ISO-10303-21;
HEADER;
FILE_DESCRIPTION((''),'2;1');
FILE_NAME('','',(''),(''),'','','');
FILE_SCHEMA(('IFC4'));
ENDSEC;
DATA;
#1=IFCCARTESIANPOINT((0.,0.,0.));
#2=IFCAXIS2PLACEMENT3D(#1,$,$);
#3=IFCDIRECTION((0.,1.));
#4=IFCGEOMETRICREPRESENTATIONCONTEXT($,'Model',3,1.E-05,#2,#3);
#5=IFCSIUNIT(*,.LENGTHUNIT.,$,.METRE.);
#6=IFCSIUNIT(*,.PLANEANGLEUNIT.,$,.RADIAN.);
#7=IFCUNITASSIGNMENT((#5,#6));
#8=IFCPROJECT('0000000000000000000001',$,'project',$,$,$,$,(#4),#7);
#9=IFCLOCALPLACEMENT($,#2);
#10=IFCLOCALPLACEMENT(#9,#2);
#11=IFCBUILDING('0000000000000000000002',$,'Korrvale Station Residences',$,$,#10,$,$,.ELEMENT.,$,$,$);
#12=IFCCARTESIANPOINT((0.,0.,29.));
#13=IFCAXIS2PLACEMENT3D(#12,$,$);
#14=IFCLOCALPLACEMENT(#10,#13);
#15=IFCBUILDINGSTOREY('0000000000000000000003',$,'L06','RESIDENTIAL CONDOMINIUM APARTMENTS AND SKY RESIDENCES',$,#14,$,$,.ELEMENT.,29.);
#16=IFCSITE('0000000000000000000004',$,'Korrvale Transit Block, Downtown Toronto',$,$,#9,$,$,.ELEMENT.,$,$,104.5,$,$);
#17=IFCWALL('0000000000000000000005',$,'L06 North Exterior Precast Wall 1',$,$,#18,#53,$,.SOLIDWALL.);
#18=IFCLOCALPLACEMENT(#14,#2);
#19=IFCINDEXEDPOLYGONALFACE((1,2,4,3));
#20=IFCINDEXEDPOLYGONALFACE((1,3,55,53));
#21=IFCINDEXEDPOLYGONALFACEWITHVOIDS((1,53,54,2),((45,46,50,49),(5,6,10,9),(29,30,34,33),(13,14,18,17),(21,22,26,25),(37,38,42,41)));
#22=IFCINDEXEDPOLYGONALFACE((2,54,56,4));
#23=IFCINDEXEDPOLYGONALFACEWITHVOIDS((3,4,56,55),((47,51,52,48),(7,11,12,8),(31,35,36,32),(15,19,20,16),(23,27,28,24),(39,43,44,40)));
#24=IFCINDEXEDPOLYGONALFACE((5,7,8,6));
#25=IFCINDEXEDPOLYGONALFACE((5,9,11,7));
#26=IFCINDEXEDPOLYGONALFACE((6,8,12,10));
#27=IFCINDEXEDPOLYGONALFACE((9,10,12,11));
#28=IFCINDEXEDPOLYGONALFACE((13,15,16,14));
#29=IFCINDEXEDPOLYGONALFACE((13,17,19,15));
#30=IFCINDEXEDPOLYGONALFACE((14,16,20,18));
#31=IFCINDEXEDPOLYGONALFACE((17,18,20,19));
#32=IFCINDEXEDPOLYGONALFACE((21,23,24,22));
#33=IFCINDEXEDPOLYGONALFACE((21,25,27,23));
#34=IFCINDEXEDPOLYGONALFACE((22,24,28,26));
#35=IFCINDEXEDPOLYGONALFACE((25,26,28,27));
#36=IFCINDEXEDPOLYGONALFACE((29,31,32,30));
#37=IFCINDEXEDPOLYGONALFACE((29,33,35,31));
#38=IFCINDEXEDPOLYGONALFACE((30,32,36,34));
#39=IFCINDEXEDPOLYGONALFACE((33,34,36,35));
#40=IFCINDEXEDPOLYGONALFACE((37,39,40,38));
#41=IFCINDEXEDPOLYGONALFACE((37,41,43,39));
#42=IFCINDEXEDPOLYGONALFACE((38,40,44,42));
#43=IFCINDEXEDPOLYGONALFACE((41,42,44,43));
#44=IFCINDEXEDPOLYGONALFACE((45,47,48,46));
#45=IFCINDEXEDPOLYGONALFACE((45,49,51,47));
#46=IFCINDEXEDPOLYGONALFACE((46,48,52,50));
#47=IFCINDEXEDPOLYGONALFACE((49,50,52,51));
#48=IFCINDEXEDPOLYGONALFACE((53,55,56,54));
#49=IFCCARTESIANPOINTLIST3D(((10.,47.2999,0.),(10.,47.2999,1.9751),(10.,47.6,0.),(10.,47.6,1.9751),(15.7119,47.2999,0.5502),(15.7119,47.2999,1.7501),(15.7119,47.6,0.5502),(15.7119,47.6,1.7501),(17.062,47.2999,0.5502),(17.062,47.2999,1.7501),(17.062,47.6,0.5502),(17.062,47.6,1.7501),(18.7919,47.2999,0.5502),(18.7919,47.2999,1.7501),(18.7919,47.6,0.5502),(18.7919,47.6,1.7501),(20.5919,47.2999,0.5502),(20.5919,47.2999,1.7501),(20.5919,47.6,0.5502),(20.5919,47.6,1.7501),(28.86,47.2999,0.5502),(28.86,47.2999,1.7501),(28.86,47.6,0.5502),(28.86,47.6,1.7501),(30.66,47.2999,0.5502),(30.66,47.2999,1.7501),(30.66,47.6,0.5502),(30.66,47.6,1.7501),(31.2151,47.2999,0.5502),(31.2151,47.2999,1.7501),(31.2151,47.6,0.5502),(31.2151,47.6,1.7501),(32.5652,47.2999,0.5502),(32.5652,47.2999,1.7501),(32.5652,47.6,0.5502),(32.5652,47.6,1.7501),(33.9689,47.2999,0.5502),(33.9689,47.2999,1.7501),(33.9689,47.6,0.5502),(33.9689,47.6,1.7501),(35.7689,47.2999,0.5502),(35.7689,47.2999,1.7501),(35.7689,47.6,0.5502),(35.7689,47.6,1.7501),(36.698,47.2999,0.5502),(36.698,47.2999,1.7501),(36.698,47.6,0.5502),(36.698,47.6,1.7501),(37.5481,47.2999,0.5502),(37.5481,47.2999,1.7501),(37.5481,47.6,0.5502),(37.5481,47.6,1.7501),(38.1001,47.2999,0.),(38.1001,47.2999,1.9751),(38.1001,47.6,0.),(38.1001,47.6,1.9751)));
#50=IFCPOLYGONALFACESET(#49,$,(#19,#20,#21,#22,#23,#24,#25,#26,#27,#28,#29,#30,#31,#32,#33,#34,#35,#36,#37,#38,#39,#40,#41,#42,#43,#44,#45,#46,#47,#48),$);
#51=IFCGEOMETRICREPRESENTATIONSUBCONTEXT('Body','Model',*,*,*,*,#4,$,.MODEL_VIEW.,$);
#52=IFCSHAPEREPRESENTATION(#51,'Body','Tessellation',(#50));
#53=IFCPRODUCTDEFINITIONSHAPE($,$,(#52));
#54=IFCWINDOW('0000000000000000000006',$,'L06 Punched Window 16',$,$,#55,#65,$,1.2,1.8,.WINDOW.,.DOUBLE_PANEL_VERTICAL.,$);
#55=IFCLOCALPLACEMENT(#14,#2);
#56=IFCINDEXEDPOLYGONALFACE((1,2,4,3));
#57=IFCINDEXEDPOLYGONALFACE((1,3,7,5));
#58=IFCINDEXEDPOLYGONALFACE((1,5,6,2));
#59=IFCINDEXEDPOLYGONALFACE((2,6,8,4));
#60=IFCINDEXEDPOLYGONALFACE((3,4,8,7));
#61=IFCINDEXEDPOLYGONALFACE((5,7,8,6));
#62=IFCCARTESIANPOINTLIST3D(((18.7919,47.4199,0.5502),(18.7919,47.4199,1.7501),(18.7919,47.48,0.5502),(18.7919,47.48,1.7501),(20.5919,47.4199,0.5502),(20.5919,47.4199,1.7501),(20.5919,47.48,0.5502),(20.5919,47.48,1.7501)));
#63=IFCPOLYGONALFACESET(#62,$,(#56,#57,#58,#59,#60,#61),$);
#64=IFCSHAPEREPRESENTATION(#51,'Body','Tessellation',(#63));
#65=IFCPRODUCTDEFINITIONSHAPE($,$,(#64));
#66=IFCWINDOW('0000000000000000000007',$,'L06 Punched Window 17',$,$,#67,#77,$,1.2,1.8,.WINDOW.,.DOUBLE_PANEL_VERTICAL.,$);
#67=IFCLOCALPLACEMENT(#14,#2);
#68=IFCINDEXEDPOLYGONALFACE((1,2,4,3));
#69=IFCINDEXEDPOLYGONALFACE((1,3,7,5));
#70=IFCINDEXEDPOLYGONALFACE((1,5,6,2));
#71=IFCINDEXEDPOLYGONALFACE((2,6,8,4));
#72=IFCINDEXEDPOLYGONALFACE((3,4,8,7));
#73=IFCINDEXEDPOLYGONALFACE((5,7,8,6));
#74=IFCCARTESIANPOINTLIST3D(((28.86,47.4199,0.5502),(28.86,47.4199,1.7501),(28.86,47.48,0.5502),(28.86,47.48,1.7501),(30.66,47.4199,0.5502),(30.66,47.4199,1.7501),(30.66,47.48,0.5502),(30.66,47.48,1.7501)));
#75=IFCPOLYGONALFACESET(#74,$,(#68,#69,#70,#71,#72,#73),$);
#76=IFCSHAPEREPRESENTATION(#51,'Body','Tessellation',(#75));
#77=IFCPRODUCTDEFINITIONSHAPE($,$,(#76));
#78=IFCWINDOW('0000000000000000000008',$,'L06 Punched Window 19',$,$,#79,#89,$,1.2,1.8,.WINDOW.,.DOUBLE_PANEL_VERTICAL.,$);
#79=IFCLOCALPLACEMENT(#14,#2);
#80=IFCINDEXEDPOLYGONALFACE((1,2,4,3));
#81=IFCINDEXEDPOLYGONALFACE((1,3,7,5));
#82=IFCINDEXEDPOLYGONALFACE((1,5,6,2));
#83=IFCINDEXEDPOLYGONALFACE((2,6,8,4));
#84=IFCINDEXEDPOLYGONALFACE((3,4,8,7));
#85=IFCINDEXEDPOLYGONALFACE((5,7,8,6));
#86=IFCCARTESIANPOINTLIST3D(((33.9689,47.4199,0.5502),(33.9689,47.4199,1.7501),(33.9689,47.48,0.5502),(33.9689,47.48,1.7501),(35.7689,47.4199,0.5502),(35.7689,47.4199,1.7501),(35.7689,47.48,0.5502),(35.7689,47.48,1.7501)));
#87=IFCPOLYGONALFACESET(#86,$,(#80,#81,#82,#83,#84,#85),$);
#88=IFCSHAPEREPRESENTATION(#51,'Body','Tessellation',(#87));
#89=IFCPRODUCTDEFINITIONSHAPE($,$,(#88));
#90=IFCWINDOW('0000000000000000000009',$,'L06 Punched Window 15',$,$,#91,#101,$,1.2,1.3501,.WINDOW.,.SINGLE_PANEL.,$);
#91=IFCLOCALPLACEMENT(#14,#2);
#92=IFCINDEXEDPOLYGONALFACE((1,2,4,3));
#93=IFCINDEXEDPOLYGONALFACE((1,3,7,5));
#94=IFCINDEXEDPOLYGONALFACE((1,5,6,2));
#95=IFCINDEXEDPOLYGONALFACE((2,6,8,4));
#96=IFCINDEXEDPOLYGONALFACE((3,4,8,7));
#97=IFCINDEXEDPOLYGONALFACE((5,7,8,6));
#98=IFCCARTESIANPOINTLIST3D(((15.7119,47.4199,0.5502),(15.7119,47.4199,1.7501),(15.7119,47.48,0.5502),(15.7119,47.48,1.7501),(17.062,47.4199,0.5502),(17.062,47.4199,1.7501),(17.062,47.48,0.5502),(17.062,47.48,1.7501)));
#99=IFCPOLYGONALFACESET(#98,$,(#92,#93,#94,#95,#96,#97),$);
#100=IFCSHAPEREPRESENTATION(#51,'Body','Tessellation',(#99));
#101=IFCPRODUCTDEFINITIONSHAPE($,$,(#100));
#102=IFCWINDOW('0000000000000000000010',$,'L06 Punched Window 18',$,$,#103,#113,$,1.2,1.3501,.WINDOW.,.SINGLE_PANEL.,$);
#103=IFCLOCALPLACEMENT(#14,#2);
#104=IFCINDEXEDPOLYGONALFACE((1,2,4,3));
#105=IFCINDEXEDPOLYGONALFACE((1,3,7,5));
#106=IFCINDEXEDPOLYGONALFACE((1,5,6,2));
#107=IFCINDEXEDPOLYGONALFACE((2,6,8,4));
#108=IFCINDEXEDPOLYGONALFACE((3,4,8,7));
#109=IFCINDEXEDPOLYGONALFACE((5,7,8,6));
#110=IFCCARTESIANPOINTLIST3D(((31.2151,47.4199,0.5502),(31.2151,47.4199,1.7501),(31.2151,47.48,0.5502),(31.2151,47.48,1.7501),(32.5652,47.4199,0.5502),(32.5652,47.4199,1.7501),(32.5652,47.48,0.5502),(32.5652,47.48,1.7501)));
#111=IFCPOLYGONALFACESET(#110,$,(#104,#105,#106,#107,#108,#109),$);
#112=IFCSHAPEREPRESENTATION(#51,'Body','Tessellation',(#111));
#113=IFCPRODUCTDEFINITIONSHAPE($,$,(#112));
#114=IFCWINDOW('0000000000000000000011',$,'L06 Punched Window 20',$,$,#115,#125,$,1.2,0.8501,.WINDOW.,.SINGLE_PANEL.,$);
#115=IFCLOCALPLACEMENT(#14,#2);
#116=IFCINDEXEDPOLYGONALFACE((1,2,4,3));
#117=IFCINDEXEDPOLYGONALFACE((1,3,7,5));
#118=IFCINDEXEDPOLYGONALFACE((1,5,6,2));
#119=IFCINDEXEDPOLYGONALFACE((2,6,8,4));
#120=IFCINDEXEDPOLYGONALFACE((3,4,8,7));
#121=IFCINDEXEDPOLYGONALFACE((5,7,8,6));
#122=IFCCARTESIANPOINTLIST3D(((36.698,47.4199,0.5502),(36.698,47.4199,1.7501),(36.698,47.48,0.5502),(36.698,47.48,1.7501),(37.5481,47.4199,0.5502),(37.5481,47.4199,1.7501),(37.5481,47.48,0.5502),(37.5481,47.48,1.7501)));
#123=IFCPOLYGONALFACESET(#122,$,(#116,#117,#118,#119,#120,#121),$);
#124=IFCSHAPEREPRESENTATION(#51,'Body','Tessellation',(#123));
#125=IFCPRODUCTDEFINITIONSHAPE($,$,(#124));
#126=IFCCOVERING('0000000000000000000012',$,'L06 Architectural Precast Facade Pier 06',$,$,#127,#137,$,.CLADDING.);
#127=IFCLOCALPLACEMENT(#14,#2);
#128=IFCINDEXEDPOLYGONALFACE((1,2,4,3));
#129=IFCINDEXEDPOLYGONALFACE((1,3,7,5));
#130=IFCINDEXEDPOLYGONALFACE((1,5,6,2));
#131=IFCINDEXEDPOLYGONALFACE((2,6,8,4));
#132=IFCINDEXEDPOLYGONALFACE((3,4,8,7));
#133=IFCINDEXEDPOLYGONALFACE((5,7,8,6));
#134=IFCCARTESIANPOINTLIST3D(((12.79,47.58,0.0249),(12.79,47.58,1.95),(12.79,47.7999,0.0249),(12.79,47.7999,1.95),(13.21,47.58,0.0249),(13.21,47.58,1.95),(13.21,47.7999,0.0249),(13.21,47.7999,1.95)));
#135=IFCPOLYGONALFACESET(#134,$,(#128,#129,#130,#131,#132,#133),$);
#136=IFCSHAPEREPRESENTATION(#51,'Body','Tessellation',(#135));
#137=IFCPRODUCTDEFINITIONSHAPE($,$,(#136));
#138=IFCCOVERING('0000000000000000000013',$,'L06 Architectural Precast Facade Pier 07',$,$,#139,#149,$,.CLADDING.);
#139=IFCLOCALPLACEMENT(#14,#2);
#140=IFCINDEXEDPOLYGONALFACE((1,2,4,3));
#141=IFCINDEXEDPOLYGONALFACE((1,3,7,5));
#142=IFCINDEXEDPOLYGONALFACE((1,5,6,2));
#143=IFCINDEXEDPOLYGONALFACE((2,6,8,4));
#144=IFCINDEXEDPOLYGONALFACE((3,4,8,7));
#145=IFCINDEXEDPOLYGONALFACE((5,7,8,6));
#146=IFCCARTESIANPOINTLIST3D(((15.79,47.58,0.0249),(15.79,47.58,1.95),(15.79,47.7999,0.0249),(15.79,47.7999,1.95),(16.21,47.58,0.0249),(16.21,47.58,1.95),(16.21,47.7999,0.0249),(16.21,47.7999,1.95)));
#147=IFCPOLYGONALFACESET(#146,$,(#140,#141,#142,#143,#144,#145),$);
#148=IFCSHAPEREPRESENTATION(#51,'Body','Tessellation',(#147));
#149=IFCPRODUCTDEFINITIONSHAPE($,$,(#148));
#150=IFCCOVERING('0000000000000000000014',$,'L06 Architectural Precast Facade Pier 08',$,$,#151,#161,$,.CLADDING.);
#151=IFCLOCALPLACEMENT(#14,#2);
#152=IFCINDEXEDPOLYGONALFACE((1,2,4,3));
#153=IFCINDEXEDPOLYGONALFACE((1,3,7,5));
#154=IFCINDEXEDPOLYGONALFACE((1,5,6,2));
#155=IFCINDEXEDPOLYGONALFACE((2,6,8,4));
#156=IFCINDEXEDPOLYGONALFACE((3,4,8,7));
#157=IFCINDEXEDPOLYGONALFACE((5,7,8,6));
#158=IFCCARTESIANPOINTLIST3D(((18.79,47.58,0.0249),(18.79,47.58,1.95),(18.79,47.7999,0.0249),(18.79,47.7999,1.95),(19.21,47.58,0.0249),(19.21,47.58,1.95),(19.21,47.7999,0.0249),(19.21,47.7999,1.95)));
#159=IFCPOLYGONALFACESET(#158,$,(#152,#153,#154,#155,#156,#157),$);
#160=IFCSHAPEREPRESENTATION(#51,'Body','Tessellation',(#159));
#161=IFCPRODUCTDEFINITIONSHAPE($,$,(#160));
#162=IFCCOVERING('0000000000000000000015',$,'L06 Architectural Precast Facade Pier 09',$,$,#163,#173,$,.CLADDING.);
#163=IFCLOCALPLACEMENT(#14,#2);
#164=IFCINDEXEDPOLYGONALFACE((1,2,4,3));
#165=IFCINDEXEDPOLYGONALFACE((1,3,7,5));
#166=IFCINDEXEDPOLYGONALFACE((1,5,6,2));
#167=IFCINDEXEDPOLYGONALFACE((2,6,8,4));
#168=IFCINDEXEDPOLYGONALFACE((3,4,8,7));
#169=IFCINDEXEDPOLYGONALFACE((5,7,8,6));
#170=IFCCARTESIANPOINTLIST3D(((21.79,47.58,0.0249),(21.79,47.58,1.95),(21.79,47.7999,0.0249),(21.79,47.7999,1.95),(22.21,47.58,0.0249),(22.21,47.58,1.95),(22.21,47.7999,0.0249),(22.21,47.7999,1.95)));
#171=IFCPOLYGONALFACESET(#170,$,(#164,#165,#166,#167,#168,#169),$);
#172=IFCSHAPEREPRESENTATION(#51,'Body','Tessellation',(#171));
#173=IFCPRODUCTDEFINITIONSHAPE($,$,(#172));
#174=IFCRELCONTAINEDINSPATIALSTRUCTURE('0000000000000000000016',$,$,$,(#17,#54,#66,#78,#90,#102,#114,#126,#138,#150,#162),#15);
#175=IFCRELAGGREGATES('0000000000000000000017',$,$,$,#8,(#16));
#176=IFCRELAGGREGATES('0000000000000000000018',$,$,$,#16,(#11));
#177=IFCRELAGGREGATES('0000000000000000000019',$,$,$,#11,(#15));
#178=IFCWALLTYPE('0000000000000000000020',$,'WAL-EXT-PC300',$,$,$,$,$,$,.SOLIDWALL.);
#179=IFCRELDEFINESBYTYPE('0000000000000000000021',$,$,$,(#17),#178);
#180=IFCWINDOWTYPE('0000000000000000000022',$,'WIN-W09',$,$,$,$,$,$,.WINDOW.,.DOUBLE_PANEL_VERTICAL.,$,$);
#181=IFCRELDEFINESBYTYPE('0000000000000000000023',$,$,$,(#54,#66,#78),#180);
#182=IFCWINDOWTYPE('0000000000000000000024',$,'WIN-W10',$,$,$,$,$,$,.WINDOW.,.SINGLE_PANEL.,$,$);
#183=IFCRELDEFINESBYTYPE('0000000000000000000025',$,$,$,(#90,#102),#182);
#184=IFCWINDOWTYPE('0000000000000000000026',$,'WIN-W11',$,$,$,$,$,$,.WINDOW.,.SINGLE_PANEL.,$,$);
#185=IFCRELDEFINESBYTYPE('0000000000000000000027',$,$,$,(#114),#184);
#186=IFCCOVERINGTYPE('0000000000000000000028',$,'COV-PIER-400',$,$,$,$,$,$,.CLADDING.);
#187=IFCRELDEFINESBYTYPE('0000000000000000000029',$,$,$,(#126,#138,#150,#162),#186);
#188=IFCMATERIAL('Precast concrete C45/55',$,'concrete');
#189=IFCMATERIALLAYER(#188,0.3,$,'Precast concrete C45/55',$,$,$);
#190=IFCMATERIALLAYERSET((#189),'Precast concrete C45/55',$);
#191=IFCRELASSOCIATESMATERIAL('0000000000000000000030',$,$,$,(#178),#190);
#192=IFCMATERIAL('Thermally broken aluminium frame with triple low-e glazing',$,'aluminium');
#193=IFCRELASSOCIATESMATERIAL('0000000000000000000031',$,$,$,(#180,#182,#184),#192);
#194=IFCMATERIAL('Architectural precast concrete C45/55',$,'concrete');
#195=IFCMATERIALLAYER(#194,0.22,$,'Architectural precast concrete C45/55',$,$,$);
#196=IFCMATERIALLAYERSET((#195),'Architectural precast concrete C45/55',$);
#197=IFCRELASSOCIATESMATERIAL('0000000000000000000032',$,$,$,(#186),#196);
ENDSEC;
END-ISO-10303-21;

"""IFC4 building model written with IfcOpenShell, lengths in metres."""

from ifc_helpers import new_model, si_unit, direction, frame, frame_2d, origin, origin_2d, place, context, subcontext, project, spatial, rectangle, extrude, material, layer, layer_set, type_object, element, fill, save


model = new_model("IFC4")

# Units and contexts
model_context = context("Model", 3, precision=1e-05, world=origin(), true_north=direction((0.0, 1.0)))
body_context = subcontext(model_context, "Body", "Model", "MODEL_VIEW")
ifc_project = project(units=[si_unit("LENGTHUNIT", "METRE"), si_unit("PLANEANGLEUNIT", "RADIAN")], contexts=[model_context])

# Site, building, storey
site_placement = place(None, origin())
site = spatial("IfcSite", under=ifc_project, at=site_placement, Name="Korrvale Transit Block, Downtown Toronto", CompositionType="ELEMENT", RefElevation=104.5)
building_placement = place(site_placement, origin())
building = spatial("IfcBuilding", under=site, at=building_placement, Name="Korrvale Station Residences", CompositionType="ELEMENT")
storey_placement = place(building_placement, frame((0.0, 0.0, 29.0)))
storey = spatial("IfcBuildingStorey", under=building, at=storey_placement, Name="L06", Description="RESIDENTIAL CONDOMINIUM APARTMENTS AND SKY RESIDENCES", CompositionType="ELEMENT", Elevation=29.0)

# Shared definitions
ifc_material_1 = material(Name="Precast concrete C45/55", Category="concrete")

# Wall, openings, windows
ifc_layer_1 = layer(ifc_material_1, 0.3, Name="Precast concrete C45/55")
ifc_layer_set_1 = layer_set([ifc_layer_1], Name="Precast concrete C45/55")
wall_type_1 = type_object("IfcWallType", Name="WAL-EXT-PC300", PredefinedType="SOLIDWALL", material=ifc_layer_set_1)
wall_1_placement = place(storey_placement, frame((10.0, 47.45, 0.0), z_axis=(0.0, 0.0, 1.0), x_axis=(1.0, 0.0, 0.0)))
wall_1 = element("IfcWall", 1, at=wall_1_placement, inside=storey, type_object=wall_type_1, Name="L06 North Exterior Precast Wall 1", PredefinedType="SOLIDWALL", context=body_context, shape_type="SweptSolid", body=[
    extrude(rectangle(XDim=28.1001, YDim=0.3, at=frame_2d((14.05, 0.0))), origin(), (0.0, 0.0, 1.0), 1.9751),
])
opening_1_placement = place(wall_1_placement, frame((5.7119, 0.0, 0.55)))
opening_1 = element("IfcOpeningElement", 2, at=opening_1_placement, cuts=wall_1, PredefinedType="OPENING", context=body_context, shape_type="SweptSolid", body=[
    extrude(rectangle(XDim=1.3501, YDim=1.2, at=frame_2d((0.675, 0.6001))), frame((0.0, 0.1602, 0.0), z_axis=(0.0, -1.0, 0.0), x_axis=(1.0, 0.0, 0.0)), (0.0, 0.0, 1.0), 0.3201),
])
opening_2_placement = place(wall_1_placement, frame((8.792, 0.0, 0.55)))
opening_2 = element("IfcOpeningElement", 3, at=opening_2_placement, cuts=wall_1, PredefinedType="OPENING", context=body_context, shape_type="SweptSolid", body=[
    extrude(rectangle(XDim=1.8, YDim=1.2, at=frame_2d((0.8999, 0.6001))), frame((0.0, 0.1602, 0.0), z_axis=(0.0, -1.0, 0.0), x_axis=(1.0, 0.0, 0.0)), (0.0, 0.0, 1.0), 0.3201),
])
opening_3_placement = place(wall_1_placement, frame((18.8601, 0.0, 0.55)))
opening_3 = element("IfcOpeningElement", 4, at=opening_3_placement, cuts=wall_1, PredefinedType="OPENING", context=body_context, shape_type="SweptSolid", body=[
    extrude(rectangle(XDim=1.8, YDim=1.2, at=frame_2d((0.8999, 0.6001))), frame((0.0, 0.1602, 0.0), z_axis=(0.0, -1.0, 0.0), x_axis=(1.0, 0.0, 0.0)), (0.0, 0.0, 1.0), 0.3201),
])
opening_4_placement = place(wall_1_placement, frame((21.2151, 0.0, 0.55)))
opening_4 = element("IfcOpeningElement", 5, at=opening_4_placement, cuts=wall_1, PredefinedType="OPENING", context=body_context, shape_type="SweptSolid", body=[
    extrude(rectangle(XDim=1.3501, YDim=1.2, at=frame_2d((0.675, 0.6001))), frame((0.0, 0.1602, 0.0), z_axis=(0.0, -1.0, 0.0), x_axis=(1.0, 0.0, 0.0)), (0.0, 0.0, 1.0), 0.3201),
])
opening_5_placement = place(wall_1_placement, frame((23.969, 0.0, 0.55)))
opening_5 = element("IfcOpeningElement", 6, at=opening_5_placement, cuts=wall_1, PredefinedType="OPENING", context=body_context, shape_type="SweptSolid", body=[
    extrude(rectangle(XDim=1.8, YDim=1.2, at=frame_2d((0.8999, 0.6001))), frame((0.0, 0.1602, 0.0), z_axis=(0.0, -1.0, 0.0), x_axis=(1.0, 0.0, 0.0)), (0.0, 0.0, 1.0), 0.3201),
])
opening_6_placement = place(wall_1_placement, frame((26.698, 0.0, 0.55)))
opening_6 = element("IfcOpeningElement", 7, at=opening_6_placement, cuts=wall_1, PredefinedType="OPENING", context=body_context, shape_type="SweptSolid", body=[
    extrude(rectangle(XDim=0.8501, YDim=1.2, at=frame_2d((0.425, 0.6001))), frame((0.0, 0.1602, 0.0), z_axis=(0.0, -1.0, 0.0), x_axis=(1.0, 0.0, 0.0)), (0.0, 0.0, 1.0), 0.3201),
])
ifc_material_2 = material(Name="Thermally broken aluminium frame with triple low-e glazing", Category="aluminium")
window_type_1 = type_object("IfcWindowType", Name="WIN-W09", PartitioningType="DOUBLE_PANEL_VERTICAL", PredefinedType="WINDOW", material=ifc_material_2)
window_1_placement = place(opening_2_placement, origin())
window_1 = element("IfcWindow", 8, at=window_1_placement, inside=storey, type_object=window_type_1, Name="L06 Punched Window 16", OverallHeight=1.2, OverallWidth=1.8, PartitioningType="DOUBLE_PANEL_VERTICAL", PredefinedType="WINDOW", context=body_context, shape_type="SweptSolid", body=[
    extrude(rectangle(XDim=1.8, YDim=1.2, at=frame_2d((0.8999, 0.6001))), frame((0.0, 0.03, 0.0), z_axis=(0.0, -1.0, 0.0), x_axis=(1.0, 0.0, 0.0)), (0.0, 0.0, 1.0), 0.0601),
])
fill(opening_2, window_1)
window_2_placement = place(opening_3_placement, origin())
window_2 = element("IfcWindow", 9, at=window_2_placement, inside=storey, type_object=window_type_1, Name="L06 Punched Window 17", OverallHeight=1.2, OverallWidth=1.8, PartitioningType="DOUBLE_PANEL_VERTICAL", PredefinedType="WINDOW", context=body_context, shape_type="SweptSolid", body=[
    extrude(rectangle(XDim=1.8, YDim=1.2, at=frame_2d((0.8999, 0.6001))), frame((0.0, 0.03, 0.0), z_axis=(0.0, -1.0, 0.0), x_axis=(1.0, 0.0, 0.0)), (0.0, 0.0, 1.0), 0.0601),
])
fill(opening_3, window_2)
window_3_placement = place(opening_5_placement, origin())
window_3 = element("IfcWindow", 10, at=window_3_placement, inside=storey, type_object=window_type_1, Name="L06 Punched Window 19", OverallHeight=1.2, OverallWidth=1.8, PartitioningType="DOUBLE_PANEL_VERTICAL", PredefinedType="WINDOW", context=body_context, shape_type="SweptSolid", body=[
    extrude(rectangle(XDim=1.8, YDim=1.2, at=frame_2d((0.8999, 0.6001))), frame((0.0, 0.03, 0.0), z_axis=(0.0, -1.0, 0.0), x_axis=(1.0, 0.0, 0.0)), (0.0, 0.0, 1.0), 0.0601),
])
fill(opening_5, window_3)
window_type_2 = type_object("IfcWindowType", Name="WIN-W10", PartitioningType="SINGLE_PANEL", PredefinedType="WINDOW", material=ifc_material_2)
window_4_placement = place(opening_1_placement, origin())
window_4 = element("IfcWindow", 11, at=window_4_placement, inside=storey, type_object=window_type_2, Name="L06 Punched Window 15", OverallHeight=1.2, OverallWidth=1.3501, PartitioningType="SINGLE_PANEL", PredefinedType="WINDOW", context=body_context, shape_type="SweptSolid", body=[
    extrude(rectangle(XDim=1.3501, YDim=1.2, at=frame_2d((0.675, 0.6001))), frame((0.0, 0.03, 0.0), z_axis=(0.0, -1.0, 0.0), x_axis=(1.0, 0.0, 0.0)), (0.0, 0.0, 1.0), 0.0601),
])
fill(opening_1, window_4)
window_5_placement = place(opening_4_placement, origin())
window_5 = element("IfcWindow", 12, at=window_5_placement, inside=storey, type_object=window_type_2, Name="L06 Punched Window 18", OverallHeight=1.2, OverallWidth=1.3501, PartitioningType="SINGLE_PANEL", PredefinedType="WINDOW", context=body_context, shape_type="SweptSolid", body=[
    extrude(rectangle(XDim=1.3501, YDim=1.2, at=frame_2d((0.675, 0.6001))), frame((0.0, 0.03, 0.0), z_axis=(0.0, -1.0, 0.0), x_axis=(1.0, 0.0, 0.0)), (0.0, 0.0, 1.0), 0.0601),
])
fill(opening_4, window_5)
window_type_3 = type_object("IfcWindowType", Name="WIN-W11", PartitioningType="SINGLE_PANEL", PredefinedType="WINDOW", material=ifc_material_2)
window_6_placement = place(opening_6_placement, origin())
window_6 = element("IfcWindow", 13, at=window_6_placement, inside=storey, type_object=window_type_3, Name="L06 Punched Window 20", OverallHeight=1.2, OverallWidth=0.8501, PartitioningType="SINGLE_PANEL", PredefinedType="WINDOW", context=body_context, shape_type="SweptSolid", body=[
    extrude(rectangle(XDim=0.8501, YDim=1.2, at=frame_2d((0.425, 0.6001))), frame((0.0, 0.03, 0.0), z_axis=(0.0, -1.0, 0.0), x_axis=(1.0, 0.0, 0.0)), (0.0, 0.0, 1.0), 0.0601),
])
fill(opening_6, window_6)

# Coverings
ifc_material_3 = material(Name="Architectural precast concrete C45/55", Category="concrete")
ifc_layer_2 = layer(ifc_material_3, 0.22, Name="Architectural precast concrete C45/55")
ifc_layer_set_2 = layer_set([ifc_layer_2], Name="Architectural precast concrete C45/55")
covering_type = type_object("IfcCoveringType", Name="COV-PIER-400", PredefinedType="CLADDING", material=ifc_layer_set_2)
for number, where, z_axis, x_axis, name in (
    (14, (13.0, 47.6899, 0.0249), (0.0, 0.0, 1.0), (1.0, 0.0, 0.0), "L06 Architectural Precast Facade Pier 06"),
    (15, (16.0, 47.6899, 0.0249), (0.0, 0.0, 1.0), (1.0, 0.0, 0.0), "L06 Architectural Precast Facade Pier 07"),
    (16, (19.0, 47.6899, 0.0249), (0.0, 0.0, 1.0), (1.0, 0.0, 0.0), "L06 Architectural Precast Facade Pier 08"),
    (17, (22.0, 47.6899, 0.0249), (0.0, 0.0, 1.0), (1.0, 0.0, 0.0), "L06 Architectural Precast Facade Pier 09"),
):
    element("IfcCovering", number, at=place(storey_placement, frame(where, z_axis=z_axis, x_axis=x_axis)), inside=storey, type_object=covering_type, Name=name, PredefinedType="CLADDING", context=body_context, shape_type="SweptSolid", body=[
        extrude(rectangle(XDim=0.4199, YDim=0.22, at=origin_2d()), origin(), (0.0, 0.0, 1.0), 1.925),
    ])

save(model, "model.ifc")
